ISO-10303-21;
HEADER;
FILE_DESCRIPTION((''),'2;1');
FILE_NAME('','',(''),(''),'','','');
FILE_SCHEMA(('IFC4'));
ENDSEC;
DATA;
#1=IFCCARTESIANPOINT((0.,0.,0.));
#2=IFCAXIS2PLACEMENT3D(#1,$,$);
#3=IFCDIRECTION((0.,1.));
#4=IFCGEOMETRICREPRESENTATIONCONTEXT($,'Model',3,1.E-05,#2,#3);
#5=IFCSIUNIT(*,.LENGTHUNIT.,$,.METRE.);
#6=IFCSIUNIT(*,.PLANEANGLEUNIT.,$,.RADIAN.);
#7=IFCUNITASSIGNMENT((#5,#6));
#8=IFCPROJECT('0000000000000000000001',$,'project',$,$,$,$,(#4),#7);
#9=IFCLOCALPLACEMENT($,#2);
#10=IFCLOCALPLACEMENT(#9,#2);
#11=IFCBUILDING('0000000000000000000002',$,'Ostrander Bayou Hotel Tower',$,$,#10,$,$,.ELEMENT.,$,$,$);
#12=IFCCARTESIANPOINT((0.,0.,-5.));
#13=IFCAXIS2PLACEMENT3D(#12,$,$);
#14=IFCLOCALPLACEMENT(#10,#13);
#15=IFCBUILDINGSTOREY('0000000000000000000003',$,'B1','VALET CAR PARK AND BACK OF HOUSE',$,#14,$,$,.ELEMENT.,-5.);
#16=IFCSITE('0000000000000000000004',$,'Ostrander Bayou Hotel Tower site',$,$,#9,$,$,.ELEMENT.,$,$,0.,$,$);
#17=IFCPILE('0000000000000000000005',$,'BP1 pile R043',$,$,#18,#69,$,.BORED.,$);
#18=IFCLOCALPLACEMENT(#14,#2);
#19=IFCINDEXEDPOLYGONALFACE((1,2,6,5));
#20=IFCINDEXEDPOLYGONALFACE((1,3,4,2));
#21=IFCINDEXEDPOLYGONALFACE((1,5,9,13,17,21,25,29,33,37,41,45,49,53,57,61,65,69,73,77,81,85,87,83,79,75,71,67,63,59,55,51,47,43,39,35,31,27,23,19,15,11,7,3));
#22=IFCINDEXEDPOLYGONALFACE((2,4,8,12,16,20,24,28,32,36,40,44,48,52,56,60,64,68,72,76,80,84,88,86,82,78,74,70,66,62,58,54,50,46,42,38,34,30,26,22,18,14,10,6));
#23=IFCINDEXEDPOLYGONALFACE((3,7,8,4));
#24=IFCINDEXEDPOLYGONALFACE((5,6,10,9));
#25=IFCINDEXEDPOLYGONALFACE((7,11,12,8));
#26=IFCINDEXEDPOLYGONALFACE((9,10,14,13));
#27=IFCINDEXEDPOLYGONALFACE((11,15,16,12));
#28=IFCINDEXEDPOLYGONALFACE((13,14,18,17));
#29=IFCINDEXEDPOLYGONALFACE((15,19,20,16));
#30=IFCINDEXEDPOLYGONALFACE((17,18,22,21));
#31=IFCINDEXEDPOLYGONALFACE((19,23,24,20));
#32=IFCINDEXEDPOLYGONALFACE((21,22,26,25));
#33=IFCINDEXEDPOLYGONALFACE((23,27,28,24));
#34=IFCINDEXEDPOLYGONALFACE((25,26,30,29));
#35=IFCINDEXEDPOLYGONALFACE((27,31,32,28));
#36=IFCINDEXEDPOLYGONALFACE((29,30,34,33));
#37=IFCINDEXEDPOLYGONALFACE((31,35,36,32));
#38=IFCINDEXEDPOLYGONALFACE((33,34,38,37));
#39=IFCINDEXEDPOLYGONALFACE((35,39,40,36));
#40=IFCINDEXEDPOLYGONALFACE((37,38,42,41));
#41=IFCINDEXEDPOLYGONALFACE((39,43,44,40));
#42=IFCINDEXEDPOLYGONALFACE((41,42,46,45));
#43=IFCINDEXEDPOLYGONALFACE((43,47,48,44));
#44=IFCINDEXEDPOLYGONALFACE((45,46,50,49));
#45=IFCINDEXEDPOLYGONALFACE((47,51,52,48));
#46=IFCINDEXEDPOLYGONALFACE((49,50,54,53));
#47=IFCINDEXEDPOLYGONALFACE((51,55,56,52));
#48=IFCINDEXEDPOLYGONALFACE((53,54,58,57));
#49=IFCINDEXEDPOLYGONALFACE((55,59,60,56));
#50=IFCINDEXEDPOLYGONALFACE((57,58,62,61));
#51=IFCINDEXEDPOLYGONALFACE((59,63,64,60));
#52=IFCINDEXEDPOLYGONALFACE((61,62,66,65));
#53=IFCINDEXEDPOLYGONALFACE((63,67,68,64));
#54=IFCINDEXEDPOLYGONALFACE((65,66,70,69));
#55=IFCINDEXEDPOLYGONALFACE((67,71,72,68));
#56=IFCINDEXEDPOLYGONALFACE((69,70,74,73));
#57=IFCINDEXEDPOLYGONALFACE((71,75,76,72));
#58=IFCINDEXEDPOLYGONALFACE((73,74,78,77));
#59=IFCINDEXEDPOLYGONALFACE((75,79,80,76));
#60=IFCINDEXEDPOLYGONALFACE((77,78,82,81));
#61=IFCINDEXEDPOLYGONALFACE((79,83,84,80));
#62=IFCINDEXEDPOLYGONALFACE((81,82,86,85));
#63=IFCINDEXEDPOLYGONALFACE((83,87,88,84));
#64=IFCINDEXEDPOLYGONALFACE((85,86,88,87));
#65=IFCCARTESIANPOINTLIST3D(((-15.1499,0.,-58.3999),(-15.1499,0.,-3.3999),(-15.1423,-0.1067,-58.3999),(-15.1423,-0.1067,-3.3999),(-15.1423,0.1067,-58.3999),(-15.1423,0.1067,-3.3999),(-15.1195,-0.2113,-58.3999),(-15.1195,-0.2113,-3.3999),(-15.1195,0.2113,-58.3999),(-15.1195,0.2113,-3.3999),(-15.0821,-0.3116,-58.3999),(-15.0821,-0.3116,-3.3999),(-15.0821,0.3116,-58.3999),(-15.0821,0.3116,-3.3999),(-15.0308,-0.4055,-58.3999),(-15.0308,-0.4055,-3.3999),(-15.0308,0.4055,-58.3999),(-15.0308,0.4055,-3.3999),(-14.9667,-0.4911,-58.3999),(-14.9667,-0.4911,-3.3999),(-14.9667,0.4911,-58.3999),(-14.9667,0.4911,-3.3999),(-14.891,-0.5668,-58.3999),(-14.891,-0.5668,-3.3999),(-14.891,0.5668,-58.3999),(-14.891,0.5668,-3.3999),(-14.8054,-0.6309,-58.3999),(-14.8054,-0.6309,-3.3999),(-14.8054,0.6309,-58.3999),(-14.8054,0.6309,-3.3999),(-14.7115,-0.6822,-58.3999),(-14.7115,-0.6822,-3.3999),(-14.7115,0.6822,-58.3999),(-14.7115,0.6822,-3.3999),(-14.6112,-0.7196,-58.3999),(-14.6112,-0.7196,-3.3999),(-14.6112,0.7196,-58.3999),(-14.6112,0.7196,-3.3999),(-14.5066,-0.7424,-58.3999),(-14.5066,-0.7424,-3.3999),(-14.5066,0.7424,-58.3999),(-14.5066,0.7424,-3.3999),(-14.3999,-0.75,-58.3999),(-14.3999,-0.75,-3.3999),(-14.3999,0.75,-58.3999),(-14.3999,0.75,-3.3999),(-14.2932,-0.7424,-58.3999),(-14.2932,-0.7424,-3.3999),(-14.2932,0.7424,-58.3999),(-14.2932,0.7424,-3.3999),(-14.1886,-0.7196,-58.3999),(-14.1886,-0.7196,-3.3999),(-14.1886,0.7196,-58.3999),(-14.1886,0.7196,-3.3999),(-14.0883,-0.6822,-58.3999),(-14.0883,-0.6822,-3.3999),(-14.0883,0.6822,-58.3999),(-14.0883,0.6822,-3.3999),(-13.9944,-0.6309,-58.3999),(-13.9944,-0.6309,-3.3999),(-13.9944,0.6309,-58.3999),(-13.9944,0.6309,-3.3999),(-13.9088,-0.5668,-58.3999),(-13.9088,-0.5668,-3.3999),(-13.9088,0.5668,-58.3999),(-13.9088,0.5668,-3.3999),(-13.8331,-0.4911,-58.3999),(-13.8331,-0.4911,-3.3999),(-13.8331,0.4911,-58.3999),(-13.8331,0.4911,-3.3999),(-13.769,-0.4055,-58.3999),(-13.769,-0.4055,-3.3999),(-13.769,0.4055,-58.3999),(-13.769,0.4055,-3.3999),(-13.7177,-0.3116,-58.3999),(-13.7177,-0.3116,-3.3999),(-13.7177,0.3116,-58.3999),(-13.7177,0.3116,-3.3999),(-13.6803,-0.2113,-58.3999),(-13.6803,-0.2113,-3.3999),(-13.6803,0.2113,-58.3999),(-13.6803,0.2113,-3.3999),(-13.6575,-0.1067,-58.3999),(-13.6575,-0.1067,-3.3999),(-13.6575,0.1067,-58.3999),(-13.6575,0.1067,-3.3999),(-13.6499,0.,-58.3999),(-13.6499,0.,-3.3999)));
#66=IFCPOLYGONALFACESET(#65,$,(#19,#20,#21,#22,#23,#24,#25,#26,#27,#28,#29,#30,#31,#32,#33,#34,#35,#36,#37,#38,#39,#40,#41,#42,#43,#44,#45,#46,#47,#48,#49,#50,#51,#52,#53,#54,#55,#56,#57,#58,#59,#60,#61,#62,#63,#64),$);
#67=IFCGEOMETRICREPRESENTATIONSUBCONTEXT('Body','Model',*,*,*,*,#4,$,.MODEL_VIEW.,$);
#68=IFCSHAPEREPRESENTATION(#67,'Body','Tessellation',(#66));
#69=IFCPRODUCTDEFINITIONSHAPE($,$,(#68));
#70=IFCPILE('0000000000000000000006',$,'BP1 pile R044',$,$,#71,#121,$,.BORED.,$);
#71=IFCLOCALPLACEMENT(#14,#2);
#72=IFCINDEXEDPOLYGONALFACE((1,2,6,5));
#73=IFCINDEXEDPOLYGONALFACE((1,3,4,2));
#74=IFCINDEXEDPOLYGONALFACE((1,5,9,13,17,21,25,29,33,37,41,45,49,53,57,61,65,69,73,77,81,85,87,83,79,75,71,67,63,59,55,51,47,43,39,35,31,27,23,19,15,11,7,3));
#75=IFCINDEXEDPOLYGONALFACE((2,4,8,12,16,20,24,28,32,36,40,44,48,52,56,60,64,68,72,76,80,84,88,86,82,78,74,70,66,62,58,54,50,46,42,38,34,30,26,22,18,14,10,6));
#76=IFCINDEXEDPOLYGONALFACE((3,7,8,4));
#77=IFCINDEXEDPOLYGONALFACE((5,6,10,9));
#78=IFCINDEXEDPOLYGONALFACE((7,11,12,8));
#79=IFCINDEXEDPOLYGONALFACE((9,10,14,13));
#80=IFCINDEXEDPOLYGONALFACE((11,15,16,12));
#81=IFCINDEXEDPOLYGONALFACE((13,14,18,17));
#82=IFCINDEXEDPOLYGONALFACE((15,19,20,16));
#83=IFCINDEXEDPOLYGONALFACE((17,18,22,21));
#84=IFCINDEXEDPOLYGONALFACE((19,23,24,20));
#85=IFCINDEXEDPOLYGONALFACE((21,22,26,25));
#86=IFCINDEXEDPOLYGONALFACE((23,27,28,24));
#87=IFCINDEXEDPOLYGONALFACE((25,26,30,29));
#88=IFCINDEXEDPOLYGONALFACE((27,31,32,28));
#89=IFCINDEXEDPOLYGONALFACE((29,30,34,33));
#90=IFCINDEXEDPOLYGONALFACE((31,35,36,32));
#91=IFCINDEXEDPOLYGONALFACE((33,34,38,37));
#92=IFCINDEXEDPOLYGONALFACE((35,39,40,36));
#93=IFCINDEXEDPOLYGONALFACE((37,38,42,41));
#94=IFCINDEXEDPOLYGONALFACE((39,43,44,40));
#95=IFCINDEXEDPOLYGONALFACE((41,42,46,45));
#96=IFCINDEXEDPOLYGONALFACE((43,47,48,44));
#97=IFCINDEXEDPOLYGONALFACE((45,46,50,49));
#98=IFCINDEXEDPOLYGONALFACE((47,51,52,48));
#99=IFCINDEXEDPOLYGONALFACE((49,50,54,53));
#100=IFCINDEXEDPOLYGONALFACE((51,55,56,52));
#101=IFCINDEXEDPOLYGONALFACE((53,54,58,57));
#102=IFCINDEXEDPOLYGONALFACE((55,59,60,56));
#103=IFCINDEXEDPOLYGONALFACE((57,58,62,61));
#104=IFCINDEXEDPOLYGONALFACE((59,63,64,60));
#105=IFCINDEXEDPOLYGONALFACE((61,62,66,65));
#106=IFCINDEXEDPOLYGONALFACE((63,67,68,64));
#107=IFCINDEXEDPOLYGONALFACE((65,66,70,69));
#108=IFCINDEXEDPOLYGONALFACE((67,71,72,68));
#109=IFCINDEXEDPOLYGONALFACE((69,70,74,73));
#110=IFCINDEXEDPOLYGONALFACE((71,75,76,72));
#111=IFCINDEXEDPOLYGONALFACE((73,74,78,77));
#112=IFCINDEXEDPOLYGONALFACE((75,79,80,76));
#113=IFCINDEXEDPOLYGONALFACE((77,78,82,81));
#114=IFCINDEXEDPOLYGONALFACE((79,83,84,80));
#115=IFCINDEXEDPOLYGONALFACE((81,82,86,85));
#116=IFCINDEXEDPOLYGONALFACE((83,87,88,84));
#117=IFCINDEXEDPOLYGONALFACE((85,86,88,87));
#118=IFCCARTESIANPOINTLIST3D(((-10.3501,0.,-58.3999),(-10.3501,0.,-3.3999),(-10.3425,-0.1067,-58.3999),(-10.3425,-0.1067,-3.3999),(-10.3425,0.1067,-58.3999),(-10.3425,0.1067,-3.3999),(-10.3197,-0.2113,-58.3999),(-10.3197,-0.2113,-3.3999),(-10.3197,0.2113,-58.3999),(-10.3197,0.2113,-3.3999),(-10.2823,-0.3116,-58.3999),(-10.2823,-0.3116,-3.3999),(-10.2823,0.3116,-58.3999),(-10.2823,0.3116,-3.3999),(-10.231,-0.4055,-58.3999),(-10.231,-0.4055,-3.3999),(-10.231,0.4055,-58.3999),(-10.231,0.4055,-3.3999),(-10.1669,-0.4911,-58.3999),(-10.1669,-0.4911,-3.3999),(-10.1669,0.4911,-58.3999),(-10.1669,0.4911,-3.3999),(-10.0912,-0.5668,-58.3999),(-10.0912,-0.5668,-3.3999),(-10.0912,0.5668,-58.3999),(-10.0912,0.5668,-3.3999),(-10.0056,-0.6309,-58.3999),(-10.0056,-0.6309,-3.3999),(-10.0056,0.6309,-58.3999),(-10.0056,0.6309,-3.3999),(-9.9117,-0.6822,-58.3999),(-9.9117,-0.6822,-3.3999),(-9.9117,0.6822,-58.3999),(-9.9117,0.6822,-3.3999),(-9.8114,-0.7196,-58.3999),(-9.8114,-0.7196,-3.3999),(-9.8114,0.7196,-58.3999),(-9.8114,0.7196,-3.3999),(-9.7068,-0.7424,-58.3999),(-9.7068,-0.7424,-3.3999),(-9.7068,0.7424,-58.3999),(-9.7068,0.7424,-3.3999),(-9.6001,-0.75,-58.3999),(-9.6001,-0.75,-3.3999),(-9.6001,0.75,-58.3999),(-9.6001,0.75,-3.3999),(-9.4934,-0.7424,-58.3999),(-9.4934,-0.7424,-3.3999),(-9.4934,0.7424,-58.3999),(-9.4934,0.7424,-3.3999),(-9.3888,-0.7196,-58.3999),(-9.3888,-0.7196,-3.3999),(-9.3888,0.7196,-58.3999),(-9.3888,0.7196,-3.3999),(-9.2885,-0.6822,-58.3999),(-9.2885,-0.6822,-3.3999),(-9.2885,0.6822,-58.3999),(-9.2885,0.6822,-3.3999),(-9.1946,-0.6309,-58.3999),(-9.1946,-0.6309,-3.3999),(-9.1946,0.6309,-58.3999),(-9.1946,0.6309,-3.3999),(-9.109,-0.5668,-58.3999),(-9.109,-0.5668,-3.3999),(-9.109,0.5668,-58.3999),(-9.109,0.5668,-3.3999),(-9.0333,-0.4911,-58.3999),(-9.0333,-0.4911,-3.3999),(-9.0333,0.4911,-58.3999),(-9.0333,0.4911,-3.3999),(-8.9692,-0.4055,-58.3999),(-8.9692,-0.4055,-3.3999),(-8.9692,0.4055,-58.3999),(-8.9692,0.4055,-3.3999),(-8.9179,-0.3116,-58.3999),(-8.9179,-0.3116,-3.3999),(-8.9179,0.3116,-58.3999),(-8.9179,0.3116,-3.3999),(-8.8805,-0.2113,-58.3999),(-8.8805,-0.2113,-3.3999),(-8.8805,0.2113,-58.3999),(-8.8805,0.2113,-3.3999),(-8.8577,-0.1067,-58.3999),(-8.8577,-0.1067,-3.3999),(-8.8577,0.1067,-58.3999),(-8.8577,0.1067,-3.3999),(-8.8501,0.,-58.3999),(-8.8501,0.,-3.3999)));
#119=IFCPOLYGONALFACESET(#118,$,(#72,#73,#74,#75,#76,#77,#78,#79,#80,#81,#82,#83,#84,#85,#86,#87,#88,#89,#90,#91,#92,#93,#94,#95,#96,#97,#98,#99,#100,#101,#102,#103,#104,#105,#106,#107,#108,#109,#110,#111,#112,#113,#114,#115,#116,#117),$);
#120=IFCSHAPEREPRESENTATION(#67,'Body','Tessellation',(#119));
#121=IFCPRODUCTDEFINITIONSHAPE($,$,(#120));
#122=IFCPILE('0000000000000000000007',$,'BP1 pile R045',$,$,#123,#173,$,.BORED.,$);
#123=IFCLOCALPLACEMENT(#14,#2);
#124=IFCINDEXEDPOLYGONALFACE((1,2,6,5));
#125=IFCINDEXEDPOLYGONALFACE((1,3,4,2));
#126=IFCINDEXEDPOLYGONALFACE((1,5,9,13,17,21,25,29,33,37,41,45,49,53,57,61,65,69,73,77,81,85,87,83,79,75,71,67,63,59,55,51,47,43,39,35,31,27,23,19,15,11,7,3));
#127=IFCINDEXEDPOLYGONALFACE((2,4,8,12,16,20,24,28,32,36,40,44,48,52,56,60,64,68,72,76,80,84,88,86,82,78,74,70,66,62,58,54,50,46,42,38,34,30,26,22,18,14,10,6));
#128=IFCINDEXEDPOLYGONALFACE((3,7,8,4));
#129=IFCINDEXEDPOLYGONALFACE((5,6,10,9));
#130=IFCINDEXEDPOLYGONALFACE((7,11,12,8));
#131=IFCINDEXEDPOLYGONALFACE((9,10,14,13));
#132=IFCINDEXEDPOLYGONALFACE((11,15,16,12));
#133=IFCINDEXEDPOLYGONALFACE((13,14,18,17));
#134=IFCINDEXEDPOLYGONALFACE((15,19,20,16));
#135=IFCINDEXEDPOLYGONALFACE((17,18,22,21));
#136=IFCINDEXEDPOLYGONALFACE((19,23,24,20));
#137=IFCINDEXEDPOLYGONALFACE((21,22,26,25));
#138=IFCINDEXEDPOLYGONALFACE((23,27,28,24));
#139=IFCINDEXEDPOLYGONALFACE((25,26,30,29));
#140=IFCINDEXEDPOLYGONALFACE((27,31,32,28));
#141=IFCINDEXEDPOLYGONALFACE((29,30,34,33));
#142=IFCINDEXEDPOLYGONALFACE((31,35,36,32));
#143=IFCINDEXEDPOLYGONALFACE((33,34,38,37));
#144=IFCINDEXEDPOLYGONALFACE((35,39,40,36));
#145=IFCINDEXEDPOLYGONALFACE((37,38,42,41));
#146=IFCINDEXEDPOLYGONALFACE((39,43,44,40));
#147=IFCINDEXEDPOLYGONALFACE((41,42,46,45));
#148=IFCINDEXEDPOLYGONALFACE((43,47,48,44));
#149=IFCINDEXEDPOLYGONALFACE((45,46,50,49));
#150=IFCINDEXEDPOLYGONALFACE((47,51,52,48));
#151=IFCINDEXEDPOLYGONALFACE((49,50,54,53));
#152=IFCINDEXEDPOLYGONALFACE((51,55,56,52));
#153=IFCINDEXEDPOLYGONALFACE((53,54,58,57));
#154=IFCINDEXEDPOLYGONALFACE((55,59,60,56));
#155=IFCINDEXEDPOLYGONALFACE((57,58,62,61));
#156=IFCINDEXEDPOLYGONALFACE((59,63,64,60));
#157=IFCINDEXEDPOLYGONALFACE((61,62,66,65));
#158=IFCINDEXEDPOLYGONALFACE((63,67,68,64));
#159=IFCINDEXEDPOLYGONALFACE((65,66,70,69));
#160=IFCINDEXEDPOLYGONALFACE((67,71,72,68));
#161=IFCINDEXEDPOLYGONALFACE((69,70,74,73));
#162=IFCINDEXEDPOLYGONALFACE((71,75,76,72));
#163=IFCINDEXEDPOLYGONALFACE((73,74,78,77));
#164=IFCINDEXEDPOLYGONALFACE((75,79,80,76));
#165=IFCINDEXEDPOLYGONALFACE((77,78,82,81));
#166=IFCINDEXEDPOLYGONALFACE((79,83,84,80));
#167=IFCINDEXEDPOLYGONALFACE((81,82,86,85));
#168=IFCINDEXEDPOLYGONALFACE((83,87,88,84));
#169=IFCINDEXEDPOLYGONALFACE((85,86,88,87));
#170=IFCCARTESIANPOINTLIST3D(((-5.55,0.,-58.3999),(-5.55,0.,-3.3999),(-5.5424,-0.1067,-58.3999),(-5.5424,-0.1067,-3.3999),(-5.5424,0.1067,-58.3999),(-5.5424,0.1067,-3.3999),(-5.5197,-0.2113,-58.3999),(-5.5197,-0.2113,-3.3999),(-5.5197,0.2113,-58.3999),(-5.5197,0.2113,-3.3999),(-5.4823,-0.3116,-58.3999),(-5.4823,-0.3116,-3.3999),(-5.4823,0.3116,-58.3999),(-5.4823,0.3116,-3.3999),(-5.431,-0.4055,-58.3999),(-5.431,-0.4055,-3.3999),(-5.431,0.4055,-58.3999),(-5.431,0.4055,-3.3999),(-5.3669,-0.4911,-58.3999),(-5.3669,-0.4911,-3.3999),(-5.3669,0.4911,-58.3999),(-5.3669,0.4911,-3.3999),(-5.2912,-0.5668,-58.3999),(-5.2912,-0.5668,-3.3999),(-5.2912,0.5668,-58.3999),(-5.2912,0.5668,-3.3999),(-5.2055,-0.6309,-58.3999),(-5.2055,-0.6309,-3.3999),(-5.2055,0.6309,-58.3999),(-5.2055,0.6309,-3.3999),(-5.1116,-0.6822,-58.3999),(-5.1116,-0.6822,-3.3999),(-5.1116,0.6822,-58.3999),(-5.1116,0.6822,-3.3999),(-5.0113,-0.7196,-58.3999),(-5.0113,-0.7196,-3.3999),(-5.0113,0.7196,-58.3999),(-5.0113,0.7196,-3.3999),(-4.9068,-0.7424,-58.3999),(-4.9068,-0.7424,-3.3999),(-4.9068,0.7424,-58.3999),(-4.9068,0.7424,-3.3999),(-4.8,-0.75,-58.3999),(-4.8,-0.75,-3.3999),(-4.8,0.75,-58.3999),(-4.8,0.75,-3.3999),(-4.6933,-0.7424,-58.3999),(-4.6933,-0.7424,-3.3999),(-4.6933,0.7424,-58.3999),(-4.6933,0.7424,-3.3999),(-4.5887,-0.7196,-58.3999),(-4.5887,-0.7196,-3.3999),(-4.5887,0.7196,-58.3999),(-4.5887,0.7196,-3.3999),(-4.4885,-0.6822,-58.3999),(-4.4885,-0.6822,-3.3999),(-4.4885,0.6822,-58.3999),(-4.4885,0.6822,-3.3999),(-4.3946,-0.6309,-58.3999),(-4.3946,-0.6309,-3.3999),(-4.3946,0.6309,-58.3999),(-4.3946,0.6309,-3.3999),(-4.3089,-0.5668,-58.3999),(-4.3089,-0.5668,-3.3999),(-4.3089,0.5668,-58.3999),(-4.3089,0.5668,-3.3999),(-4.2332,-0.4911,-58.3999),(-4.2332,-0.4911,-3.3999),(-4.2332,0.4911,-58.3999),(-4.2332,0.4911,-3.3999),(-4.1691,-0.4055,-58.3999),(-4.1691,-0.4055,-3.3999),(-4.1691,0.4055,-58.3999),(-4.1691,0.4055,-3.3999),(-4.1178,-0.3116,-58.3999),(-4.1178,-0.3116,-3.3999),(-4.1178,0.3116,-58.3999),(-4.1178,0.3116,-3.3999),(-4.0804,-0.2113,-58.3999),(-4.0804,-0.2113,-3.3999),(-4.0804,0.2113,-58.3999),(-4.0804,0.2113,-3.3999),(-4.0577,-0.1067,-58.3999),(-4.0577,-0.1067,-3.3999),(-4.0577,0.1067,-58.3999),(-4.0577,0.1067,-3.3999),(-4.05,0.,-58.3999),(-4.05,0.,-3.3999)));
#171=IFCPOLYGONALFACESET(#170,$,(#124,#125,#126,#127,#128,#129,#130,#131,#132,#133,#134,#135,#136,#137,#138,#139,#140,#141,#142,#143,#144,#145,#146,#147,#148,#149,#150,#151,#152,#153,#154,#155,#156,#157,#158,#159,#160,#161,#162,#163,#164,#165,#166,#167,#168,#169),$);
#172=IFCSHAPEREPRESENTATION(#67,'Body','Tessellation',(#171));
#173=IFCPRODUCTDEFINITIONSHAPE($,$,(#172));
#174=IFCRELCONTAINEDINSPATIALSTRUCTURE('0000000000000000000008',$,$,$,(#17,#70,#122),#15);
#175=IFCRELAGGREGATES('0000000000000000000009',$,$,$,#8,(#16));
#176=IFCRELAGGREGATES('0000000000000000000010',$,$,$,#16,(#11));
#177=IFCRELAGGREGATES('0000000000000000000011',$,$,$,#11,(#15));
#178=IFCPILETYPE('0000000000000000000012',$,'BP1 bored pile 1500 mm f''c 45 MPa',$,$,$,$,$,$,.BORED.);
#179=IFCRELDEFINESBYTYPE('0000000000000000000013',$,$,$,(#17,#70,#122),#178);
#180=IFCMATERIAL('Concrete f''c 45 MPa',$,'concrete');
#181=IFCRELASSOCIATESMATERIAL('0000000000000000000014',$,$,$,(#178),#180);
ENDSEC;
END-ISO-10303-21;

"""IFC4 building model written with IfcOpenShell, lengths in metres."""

from ifc_helpers import new_model, si_unit, direction, frame, origin, origin_2d, place, context, subcontext, project, spatial, circle, extrude, material, material_profile, profile_set, type_object, element, save


model = new_model("IFC4")

# Units and contexts
model_context = context("Model", 3, precision=1e-05, world=origin(), true_north=direction((0.0, 1.0)))
body_context = subcontext(model_context, "Body", "Model", "MODEL_VIEW")
ifc_project = project(units=[si_unit("LENGTHUNIT", "METRE"), si_unit("PLANEANGLEUNIT", "RADIAN")], contexts=[model_context])

# Site, building, storey
site_placement = place(None, origin())
site = spatial("IfcSite", under=ifc_project, at=site_placement, Name="Ostrander Bayou Hotel Tower site", CompositionType="ELEMENT", RefElevation=0.0)
building_placement = place(site_placement, origin())
building = spatial("IfcBuilding", under=site, at=building_placement, Name="Ostrander Bayou Hotel Tower", CompositionType="ELEMENT")
storey_placement = place(building_placement, frame((0.0, 0.0, -5.0)))
storey = spatial("IfcBuildingStorey", under=building, at=storey_placement, Name="B1", Description="VALET CAR PARK AND BACK OF HOUSE", CompositionType="ELEMENT", Elevation=-5.0)

# Piles
ifc_material_1 = material(Name="Concrete f'c 45 MPa", Category="concrete")
ifc_material_profile = material_profile(ifc_material_1, circle(Radius=0.75, at=origin_2d()))
ifc_profile_set = profile_set([ifc_material_profile], Name="Concrete f'c 45 MPa")
pile_type = type_object("IfcPileType", Name="BP1 bored pile 1500 mm f'c 45 MPa", PredefinedType="BORED", material=ifc_profile_set)
for number, where, z_axis, x_axis, name in (
    (1, (-14.3999, 0.0, -3.3999), (0.0, 0.0, -1.0), (1.0, 0.0, 0.0), "BP1 pile R043"),
    (2, (-9.6001, 0.0, -3.3999), (0.0, 0.0, -1.0), (1.0, 0.0, 0.0), "BP1 pile R044"),
    (3, (-4.8, 0.0, -3.3999), (0.0, 0.0, -1.0), (1.0, 0.0, 0.0), "BP1 pile R045"),
):
    element("IfcPile", number, at=place(storey_placement, frame(where, z_axis=z_axis, x_axis=x_axis)), inside=storey, type_object=pile_type, Name=name, PredefinedType="BORED", context=body_context, shape_type="SweptSolid", body=[
        extrude(circle(Radius=0.75, at=origin_2d()), origin(), (0.0, 0.0, 1.0), 55.0),
    ])

save(model, "model.ifc")
